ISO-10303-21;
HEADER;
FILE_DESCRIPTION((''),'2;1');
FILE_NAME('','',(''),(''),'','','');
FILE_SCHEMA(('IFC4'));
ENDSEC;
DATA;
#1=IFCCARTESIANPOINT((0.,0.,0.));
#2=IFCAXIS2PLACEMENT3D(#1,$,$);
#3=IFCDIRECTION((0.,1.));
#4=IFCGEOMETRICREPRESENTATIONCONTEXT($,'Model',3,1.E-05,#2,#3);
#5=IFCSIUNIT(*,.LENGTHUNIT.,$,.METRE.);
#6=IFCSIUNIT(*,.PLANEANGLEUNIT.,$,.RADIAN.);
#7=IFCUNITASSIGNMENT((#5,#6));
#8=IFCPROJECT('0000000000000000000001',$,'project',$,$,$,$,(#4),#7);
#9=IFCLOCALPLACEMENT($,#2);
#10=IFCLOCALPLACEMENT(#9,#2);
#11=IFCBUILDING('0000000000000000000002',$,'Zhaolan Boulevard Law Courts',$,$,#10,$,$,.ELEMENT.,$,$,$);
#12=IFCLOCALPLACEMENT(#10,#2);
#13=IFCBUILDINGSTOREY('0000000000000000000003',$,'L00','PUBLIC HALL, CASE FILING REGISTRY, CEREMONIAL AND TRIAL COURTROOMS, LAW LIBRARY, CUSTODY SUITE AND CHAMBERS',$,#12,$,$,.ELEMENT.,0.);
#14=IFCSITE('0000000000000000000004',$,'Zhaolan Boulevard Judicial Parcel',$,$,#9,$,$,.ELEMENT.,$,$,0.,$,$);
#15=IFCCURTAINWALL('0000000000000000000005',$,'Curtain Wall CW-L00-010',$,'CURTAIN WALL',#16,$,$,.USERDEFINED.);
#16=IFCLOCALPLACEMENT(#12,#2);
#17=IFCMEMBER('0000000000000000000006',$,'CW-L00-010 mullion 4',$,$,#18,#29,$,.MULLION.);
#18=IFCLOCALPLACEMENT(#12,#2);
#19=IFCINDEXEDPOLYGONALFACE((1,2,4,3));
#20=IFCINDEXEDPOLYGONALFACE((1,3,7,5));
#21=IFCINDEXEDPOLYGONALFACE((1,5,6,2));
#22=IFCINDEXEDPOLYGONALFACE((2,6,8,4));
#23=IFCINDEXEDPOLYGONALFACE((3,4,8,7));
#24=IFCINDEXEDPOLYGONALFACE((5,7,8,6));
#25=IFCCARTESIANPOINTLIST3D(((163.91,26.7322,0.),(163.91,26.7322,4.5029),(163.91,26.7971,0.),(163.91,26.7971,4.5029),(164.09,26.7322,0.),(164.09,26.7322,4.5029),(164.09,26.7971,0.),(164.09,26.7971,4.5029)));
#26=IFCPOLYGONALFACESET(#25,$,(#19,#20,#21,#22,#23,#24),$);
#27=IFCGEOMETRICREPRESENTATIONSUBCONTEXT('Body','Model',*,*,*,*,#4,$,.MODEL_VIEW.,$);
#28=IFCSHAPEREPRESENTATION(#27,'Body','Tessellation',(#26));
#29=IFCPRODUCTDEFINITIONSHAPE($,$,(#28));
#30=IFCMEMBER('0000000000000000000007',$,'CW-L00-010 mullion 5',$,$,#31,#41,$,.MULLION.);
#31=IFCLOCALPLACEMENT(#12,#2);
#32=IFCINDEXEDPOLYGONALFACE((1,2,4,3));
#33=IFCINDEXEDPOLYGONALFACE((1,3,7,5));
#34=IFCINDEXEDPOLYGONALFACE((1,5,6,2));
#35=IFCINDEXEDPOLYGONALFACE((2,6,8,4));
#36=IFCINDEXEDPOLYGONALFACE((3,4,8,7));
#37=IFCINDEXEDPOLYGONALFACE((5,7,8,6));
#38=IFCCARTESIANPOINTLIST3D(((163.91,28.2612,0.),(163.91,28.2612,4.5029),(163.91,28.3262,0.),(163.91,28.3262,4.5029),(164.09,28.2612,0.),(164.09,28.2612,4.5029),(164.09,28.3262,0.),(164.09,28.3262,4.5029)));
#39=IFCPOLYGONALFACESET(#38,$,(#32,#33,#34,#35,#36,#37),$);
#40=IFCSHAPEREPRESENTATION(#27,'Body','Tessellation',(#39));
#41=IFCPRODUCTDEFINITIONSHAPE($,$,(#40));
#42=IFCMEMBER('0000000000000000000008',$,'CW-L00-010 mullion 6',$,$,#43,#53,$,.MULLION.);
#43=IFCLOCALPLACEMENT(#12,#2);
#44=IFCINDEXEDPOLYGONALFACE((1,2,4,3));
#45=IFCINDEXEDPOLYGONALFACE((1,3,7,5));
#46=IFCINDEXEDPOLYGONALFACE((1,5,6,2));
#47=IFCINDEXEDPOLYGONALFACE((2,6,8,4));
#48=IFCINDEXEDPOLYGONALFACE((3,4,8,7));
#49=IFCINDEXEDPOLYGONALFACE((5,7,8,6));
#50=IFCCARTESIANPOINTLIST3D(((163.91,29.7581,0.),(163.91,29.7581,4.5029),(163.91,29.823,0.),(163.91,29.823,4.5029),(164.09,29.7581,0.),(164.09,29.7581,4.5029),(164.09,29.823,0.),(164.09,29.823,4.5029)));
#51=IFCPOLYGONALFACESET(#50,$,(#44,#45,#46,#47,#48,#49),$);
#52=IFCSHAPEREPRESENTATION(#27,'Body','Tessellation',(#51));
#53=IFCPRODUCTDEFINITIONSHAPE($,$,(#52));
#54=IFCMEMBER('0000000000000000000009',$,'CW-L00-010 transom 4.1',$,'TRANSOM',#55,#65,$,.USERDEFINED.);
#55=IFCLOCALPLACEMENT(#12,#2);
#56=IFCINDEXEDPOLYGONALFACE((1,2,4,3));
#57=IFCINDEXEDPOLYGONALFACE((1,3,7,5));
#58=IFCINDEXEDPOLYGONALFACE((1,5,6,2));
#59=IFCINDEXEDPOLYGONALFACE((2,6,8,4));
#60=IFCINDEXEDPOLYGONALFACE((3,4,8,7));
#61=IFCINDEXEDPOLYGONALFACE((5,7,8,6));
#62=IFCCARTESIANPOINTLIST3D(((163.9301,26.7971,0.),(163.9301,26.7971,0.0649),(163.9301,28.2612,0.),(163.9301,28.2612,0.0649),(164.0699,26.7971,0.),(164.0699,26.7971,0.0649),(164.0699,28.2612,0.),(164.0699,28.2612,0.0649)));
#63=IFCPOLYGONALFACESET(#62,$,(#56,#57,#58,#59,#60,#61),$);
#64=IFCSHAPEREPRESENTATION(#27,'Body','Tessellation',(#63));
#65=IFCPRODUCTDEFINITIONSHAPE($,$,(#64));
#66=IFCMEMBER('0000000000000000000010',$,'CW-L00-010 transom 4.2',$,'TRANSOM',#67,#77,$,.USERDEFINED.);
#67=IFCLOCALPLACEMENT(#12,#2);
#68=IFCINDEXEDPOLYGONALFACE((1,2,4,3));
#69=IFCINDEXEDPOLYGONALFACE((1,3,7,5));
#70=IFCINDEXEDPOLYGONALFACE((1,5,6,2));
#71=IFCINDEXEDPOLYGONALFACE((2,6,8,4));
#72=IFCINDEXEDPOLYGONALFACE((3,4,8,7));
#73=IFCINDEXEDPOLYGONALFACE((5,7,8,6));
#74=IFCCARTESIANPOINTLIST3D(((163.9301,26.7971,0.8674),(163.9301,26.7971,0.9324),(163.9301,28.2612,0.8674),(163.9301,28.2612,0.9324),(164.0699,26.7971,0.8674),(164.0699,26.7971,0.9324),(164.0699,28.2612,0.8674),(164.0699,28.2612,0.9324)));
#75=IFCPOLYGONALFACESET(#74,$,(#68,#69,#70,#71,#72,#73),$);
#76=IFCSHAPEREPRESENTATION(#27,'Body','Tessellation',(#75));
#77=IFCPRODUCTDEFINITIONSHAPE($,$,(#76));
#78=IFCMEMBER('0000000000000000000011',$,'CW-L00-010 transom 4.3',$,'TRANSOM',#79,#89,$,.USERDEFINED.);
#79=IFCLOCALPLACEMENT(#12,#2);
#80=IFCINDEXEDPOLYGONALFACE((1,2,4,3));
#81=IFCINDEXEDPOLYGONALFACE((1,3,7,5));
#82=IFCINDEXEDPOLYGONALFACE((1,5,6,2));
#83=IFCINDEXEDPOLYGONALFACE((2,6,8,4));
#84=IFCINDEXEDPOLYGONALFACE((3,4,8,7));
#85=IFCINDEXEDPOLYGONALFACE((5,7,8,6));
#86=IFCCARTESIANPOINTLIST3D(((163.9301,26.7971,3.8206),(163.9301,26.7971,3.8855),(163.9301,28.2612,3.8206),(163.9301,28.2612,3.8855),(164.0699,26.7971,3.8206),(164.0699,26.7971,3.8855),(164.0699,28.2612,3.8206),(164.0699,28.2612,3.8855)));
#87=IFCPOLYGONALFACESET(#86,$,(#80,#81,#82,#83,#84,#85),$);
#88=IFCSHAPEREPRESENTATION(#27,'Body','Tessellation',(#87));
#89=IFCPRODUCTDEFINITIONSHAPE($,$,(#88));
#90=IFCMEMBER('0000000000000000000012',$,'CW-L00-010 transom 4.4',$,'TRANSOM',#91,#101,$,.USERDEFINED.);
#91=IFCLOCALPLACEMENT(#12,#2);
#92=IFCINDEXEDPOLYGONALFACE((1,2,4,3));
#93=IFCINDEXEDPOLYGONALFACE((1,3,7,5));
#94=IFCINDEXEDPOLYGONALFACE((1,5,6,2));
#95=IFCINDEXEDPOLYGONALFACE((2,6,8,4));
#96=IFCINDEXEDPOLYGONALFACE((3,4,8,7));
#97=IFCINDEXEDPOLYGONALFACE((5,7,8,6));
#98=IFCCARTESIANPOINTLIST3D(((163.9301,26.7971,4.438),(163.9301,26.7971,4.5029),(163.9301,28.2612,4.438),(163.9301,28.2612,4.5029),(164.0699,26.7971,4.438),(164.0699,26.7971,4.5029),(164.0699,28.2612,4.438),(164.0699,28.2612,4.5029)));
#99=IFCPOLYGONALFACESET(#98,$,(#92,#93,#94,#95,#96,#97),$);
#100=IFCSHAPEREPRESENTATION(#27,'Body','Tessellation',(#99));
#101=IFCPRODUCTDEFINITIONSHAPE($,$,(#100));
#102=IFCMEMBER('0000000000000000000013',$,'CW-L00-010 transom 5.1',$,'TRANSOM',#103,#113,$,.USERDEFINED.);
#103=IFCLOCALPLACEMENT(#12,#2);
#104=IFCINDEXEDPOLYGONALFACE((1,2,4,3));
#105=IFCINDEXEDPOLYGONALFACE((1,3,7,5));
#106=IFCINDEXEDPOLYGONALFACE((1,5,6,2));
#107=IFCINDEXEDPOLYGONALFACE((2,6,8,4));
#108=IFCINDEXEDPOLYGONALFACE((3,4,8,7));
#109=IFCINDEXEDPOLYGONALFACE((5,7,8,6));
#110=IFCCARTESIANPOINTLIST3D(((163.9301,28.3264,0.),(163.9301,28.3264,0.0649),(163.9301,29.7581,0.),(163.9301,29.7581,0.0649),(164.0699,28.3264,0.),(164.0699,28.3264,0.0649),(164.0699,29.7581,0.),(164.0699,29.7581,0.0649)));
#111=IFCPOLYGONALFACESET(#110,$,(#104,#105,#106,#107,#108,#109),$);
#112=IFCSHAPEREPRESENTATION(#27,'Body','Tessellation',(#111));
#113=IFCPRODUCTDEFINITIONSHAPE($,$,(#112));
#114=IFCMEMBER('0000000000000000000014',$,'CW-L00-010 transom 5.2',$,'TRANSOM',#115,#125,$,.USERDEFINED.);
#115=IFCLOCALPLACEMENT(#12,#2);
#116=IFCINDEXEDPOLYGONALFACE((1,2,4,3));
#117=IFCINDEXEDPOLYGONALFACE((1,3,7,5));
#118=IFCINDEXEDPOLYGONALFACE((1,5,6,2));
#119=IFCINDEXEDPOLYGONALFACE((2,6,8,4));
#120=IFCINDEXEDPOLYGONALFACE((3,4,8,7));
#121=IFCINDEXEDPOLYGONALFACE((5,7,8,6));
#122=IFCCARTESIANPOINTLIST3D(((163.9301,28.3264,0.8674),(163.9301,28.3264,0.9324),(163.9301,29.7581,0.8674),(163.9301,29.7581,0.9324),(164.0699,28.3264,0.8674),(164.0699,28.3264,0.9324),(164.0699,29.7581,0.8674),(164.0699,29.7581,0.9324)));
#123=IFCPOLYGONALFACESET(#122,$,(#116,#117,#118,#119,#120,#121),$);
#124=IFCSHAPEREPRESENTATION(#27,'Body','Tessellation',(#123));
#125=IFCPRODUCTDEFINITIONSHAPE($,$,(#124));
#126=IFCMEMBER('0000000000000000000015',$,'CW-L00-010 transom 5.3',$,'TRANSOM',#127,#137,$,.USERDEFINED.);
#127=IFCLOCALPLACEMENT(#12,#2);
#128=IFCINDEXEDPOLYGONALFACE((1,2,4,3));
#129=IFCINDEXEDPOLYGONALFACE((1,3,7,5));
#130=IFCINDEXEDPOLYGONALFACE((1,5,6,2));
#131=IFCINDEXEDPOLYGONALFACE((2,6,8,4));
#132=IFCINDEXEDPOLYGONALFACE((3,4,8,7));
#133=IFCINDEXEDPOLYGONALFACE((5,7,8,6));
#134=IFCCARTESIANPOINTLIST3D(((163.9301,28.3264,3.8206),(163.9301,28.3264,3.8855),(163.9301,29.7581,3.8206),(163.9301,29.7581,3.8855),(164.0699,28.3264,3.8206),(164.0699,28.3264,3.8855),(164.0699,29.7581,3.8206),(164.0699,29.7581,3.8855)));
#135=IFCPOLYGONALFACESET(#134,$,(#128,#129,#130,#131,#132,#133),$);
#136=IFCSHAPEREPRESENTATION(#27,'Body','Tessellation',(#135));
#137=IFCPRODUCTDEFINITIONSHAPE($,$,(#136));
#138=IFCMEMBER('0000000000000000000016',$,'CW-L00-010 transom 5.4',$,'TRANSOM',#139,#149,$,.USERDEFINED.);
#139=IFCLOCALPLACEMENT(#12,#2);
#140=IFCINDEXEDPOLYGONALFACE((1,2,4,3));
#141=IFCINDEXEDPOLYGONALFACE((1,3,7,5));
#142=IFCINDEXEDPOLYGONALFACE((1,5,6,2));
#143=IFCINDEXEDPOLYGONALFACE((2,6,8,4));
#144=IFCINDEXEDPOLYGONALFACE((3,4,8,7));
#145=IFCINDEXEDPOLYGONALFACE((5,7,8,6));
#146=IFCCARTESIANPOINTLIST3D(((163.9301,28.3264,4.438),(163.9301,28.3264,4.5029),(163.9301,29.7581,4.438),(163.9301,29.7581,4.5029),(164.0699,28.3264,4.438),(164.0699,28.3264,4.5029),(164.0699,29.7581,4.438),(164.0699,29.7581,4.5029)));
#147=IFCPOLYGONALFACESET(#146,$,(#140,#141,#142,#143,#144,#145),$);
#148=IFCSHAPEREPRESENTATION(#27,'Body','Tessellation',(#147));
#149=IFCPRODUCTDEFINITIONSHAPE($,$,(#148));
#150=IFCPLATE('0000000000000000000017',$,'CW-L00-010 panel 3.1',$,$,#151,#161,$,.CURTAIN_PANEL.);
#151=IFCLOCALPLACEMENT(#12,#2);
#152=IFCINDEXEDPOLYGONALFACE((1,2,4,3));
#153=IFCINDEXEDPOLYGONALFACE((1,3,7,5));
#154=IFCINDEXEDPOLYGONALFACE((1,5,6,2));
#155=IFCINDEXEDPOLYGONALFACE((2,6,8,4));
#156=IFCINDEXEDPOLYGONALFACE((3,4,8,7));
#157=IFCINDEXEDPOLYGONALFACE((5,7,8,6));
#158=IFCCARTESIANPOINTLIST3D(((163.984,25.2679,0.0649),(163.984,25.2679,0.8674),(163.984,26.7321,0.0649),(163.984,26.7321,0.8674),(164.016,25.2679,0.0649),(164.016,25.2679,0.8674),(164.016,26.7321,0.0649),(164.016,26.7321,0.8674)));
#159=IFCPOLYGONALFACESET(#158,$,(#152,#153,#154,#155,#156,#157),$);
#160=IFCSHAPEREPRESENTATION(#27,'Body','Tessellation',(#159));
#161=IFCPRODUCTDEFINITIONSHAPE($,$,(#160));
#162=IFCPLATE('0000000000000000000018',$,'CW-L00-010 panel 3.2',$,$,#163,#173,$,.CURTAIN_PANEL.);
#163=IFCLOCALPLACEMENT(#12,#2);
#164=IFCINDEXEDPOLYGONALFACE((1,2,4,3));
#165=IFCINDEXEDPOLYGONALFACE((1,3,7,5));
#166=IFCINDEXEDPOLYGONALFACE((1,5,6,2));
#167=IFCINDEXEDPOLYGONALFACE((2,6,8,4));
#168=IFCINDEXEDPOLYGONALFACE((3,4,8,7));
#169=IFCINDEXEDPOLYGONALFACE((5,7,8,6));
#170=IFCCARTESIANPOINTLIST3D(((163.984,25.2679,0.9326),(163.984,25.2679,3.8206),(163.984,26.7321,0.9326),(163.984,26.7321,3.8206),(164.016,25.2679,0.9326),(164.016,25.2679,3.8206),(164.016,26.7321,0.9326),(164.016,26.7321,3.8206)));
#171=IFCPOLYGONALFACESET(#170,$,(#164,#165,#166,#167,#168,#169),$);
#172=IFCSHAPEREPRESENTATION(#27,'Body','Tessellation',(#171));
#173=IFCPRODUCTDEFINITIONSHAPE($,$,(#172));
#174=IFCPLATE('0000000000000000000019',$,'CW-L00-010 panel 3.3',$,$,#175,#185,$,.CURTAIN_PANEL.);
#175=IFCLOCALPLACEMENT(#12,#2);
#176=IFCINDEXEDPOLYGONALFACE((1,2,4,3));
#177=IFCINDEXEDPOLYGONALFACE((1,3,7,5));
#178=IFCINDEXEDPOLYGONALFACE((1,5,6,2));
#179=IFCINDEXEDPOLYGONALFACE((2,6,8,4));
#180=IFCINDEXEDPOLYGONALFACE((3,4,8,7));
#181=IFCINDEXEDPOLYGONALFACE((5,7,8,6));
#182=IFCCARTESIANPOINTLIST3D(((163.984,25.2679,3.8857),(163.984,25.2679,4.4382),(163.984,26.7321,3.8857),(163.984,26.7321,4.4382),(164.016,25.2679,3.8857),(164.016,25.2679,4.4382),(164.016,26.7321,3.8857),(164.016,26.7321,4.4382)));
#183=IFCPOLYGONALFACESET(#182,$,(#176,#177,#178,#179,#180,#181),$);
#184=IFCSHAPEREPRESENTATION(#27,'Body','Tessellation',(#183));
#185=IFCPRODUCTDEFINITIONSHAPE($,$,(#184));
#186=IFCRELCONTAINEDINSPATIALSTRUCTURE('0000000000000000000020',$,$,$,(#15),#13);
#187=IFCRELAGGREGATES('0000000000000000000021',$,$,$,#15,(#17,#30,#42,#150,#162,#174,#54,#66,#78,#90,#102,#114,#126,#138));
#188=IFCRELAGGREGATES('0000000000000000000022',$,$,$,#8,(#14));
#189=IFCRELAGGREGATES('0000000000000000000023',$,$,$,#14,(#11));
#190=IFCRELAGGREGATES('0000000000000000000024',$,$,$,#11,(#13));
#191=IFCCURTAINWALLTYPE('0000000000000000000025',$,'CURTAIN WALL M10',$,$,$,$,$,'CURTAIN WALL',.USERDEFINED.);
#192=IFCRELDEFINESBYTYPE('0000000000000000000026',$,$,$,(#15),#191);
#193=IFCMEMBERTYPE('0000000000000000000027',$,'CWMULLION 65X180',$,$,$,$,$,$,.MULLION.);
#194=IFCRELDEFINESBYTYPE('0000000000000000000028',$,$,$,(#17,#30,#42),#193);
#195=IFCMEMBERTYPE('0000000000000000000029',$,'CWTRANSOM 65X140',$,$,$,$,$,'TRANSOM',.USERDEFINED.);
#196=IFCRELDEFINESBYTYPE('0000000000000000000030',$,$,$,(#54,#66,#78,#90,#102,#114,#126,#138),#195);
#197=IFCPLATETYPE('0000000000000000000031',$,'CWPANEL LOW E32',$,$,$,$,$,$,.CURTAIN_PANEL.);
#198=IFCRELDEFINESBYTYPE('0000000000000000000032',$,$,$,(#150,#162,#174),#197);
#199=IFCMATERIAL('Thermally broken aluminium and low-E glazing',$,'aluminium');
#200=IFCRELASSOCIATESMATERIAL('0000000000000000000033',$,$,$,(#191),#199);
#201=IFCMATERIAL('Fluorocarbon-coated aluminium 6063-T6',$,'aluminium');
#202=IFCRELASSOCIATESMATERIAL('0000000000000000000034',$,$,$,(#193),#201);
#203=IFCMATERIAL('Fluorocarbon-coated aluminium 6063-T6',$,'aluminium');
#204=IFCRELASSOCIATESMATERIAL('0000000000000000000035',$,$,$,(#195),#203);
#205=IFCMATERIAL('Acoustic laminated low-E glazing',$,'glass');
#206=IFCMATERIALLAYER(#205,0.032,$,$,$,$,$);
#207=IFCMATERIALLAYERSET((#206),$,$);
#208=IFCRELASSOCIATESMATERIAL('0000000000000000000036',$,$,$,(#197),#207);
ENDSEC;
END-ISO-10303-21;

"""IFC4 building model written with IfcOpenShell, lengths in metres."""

from ifc_helpers import new_model, si_unit, direction, frame, origin, origin_2d, place, context, subcontext, project, spatial, rectangle, extrude, material, layer, layer_set, material_profile, profile_set, type_object, element, aggregate, save


model = new_model("IFC4")

# Units and contexts
model_context = context("Model", 3, precision=1e-05, world=origin(), true_north=direction((0.0, 1.0)))
body_context = subcontext(model_context, "Body", "Model", "MODEL_VIEW")
ifc_project = project(units=[si_unit("LENGTHUNIT", "METRE"), si_unit("PLANEANGLEUNIT", "RADIAN")], contexts=[model_context])

# Site, building, storey
site_placement = place(None, origin())
site = spatial("IfcSite", under=ifc_project, at=site_placement, Name="Zhaolan Boulevard Judicial Parcel", CompositionType="ELEMENT", RefElevation=0.0)
building_placement = place(site_placement, origin())
building = spatial("IfcBuilding", under=site, at=building_placement, Name="Zhaolan Boulevard Law Courts", CompositionType="ELEMENT")
storey_placement = place(building_placement, origin())
storey = spatial("IfcBuildingStorey", under=building, at=storey_placement, Name="L00", Description="PUBLIC HALL, CASE FILING REGISTRY, CEREMONIAL AND TRIAL COURTROOMS, LAW LIBRARY, CUSTODY SUITE AND CHAMBERS", CompositionType="ELEMENT", Elevation=0.0)

# Curtain wall, members, plates
ifc_material_1 = material(Name="Thermally broken aluminium and low-E glazing", Category="aluminium")
curtain_wall_type = type_object("IfcCurtainWallType", Name="CURTAIN WALL M10", ElementType="CURTAIN WALL", PredefinedType="USERDEFINED", material=ifc_material_1)
curtain_wall_placement = place(storey_placement, origin())
curtain_wall = element("IfcCurtainWall", 1, at=curtain_wall_placement, inside=storey, type_object=curtain_wall_type, Name="Curtain Wall CW-L00-010", ObjectType="CURTAIN WALL", PredefinedType="USERDEFINED")
ifc_material_2 = material(Name="Fluorocarbon-coated aluminium 6063-T6", Category="aluminium")
ifc_material_profile_1 = material_profile(ifc_material_2, rectangle(XDim=0.1799, YDim=0.0649, at=origin_2d()), Name="AL65x180")
ifc_profile_set_1 = profile_set([ifc_material_profile_1], Name="Fluorocarbon-coated aluminium 6063-T6")
member_type_1 = type_object("IfcMemberType", Name="CWMULLION 65X180", PredefinedType="MULLION", material=ifc_profile_set_1)
member_1_placement = place(storey_placement, frame((164.0, 26.7646, 0.0), z_axis=(0.0, 0.0, 1.0), x_axis=(-1.0, 0.0, 0.0)))
member_1 = element("IfcMember", 2, at=member_1_placement, type_object=member_type_1, Name="CW-L00-010 mullion 4", PredefinedType="MULLION", context=body_context, shape_type="SweptSolid", body=[
    extrude(rectangle(XDim=0.1799, YDim=0.0649, at=origin_2d()), origin(), (0.0, 0.0, 1.0), 4.5029),
])
member_2_placement = place(storey_placement, frame((164.0, 28.2937, 0.0), z_axis=(0.0, 0.0, 1.0), x_axis=(-1.0, 0.0, 0.0)))
member_2 = element("IfcMember", 3, at=member_2_placement, type_object=member_type_1, Name="CW-L00-010 mullion 5", PredefinedType="MULLION", context=body_context, shape_type="SweptSolid", body=[
    extrude(rectangle(XDim=0.1799, YDim=0.0649, at=origin_2d()), origin(), (0.0, 0.0, 1.0), 4.5029),
])
member_3_placement = place(storey_placement, frame((164.0, 29.7905, 0.0), z_axis=(0.0, 0.0, 1.0), x_axis=(-1.0, 0.0, 0.0)))
member_3 = element("IfcMember", 4, at=member_3_placement, type_object=member_type_1, Name="CW-L00-010 mullion 6", PredefinedType="MULLION", context=body_context, shape_type="SweptSolid", body=[
    extrude(rectangle(XDim=0.1799, YDim=0.0649, at=origin_2d()), origin(), (0.0, 0.0, 1.0), 4.5029),
])
ifc_material_3 = material(Name="Fluorocarbon-coated aluminium 6063-T6", Category="aluminium")
ifc_material_profile_2 = material_profile(ifc_material_3, rectangle(XDim=0.1399, YDim=0.0649, at=origin_2d()), Name="AL65x140")
ifc_profile_set_2 = profile_set([ifc_material_profile_2], Name="Fluorocarbon-coated aluminium 6063-T6")
member_type_2 = type_object("IfcMemberType", Name="CWTRANSOM 65X140", ElementType="TRANSOM", PredefinedType="USERDEFINED", material=ifc_profile_set_2)
member_4_placement = place(storey_placement, frame((164.0, 26.7971, 0.0325), z_axis=(0.0, 1.0, 0.0), x_axis=(-1.0, 0.0, 0.0)))
member_4 = element("IfcMember", 5, at=member_4_placement, type_object=member_type_2, Name="CW-L00-010 transom 4.1", ObjectType="TRANSOM", PredefinedType="USERDEFINED", context=body_context, shape_type="SweptSolid", body=[
    extrude(rectangle(XDim=0.1399, YDim=0.0649, at=origin_2d()), origin(), (0.0, 0.0, 1.0), 1.4641),
])
member_5_placement = place(storey_placement, frame((164.0, 26.7971, 0.8999), z_axis=(0.0, 1.0, 0.0), x_axis=(-1.0, 0.0, 0.0)))
member_5 = element("IfcMember", 6, at=member_5_placement, type_object=member_type_2, Name="CW-L00-010 transom 4.2", ObjectType="TRANSOM", PredefinedType="USERDEFINED", context=body_context, shape_type="SweptSolid", body=[
    extrude(rectangle(XDim=0.1399, YDim=0.0649, at=origin_2d()), origin(), (0.0, 0.0, 1.0), 1.4641),
])
member_6_placement = place(storey_placement, frame((164.0, 26.7971, 3.853), z_axis=(0.0, 1.0, 0.0), x_axis=(-1.0, 0.0, 0.0)))
member_6 = element("IfcMember", 7, at=member_6_placement, type_object=member_type_2, Name="CW-L00-010 transom 4.3", ObjectType="TRANSOM", PredefinedType="USERDEFINED", context=body_context, shape_type="SweptSolid", body=[
    extrude(rectangle(XDim=0.1399, YDim=0.0649, at=origin_2d()), origin(), (0.0, 0.0, 1.0), 1.4641),
])
member_7_placement = place(storey_placement, frame((164.0, 26.7971, 4.4705), z_axis=(0.0, 1.0, 0.0), x_axis=(-1.0, 0.0, 0.0)))
member_7 = element("IfcMember", 8, at=member_7_placement, type_object=member_type_2, Name="CW-L00-010 transom 4.4", ObjectType="TRANSOM", PredefinedType="USERDEFINED", context=body_context, shape_type="SweptSolid", body=[
    extrude(rectangle(XDim=0.1399, YDim=0.0649, at=origin_2d()), origin(), (0.0, 0.0, 1.0), 1.4641),
])
member_8_placement = place(storey_placement, frame((164.0, 28.3264, 0.0325), z_axis=(0.0, 1.0, 0.0), x_axis=(-1.0, 0.0, 0.0)))
member_8 = element("IfcMember", 9, at=member_8_placement, type_object=member_type_2, Name="CW-L00-010 transom 5.1", ObjectType="TRANSOM", PredefinedType="USERDEFINED", context=body_context, shape_type="SweptSolid", body=[
    extrude(rectangle(XDim=0.1399, YDim=0.0649, at=origin_2d()), origin(), (0.0, 0.0, 1.0), 1.4316),
])
member_9_placement = place(storey_placement, frame((164.0, 28.3264, 0.8999), z_axis=(0.0, 1.0, 0.0), x_axis=(-1.0, 0.0, 0.0)))
member_9 = element("IfcMember", 10, at=member_9_placement, type_object=member_type_2, Name="CW-L00-010 transom 5.2", ObjectType="TRANSOM", PredefinedType="USERDEFINED", context=body_context, shape_type="SweptSolid", body=[
    extrude(rectangle(XDim=0.1399, YDim=0.0649, at=origin_2d()), origin(), (0.0, 0.0, 1.0), 1.4316),
])
member_10_placement = place(storey_placement, frame((164.0, 28.3264, 3.853), z_axis=(0.0, 1.0, 0.0), x_axis=(-1.0, 0.0, 0.0)))
member_10 = element("IfcMember", 11, at=member_10_placement, type_object=member_type_2, Name="CW-L00-010 transom 5.3", ObjectType="TRANSOM", PredefinedType="USERDEFINED", context=body_context, shape_type="SweptSolid", body=[
    extrude(rectangle(XDim=0.1399, YDim=0.0649, at=origin_2d()), origin(), (0.0, 0.0, 1.0), 1.4316),
])
member_11_placement = place(storey_placement, frame((164.0, 28.3264, 4.4705), z_axis=(0.0, 1.0, 0.0), x_axis=(-1.0, 0.0, 0.0)))
member_11 = element("IfcMember", 12, at=member_11_placement, type_object=member_type_2, Name="CW-L00-010 transom 5.4", ObjectType="TRANSOM", PredefinedType="USERDEFINED", context=body_context, shape_type="SweptSolid", body=[
    extrude(rectangle(XDim=0.1399, YDim=0.0649, at=origin_2d()), origin(), (0.0, 0.0, 1.0), 1.4316),
])
ifc_material_4 = material(Name="Acoustic laminated low-E glazing", Category="glass")
ifc_layer_1 = layer(ifc_material_4, 0.032)
ifc_layer_set_1 = layer_set([ifc_layer_1])
plate_type = type_object("IfcPlateType", Name="CWPANEL LOW E32", PredefinedType="CURTAIN_PANEL", material=ifc_layer_set_1)
plate_1_placement = place(storey_placement, frame((164.0, 26.0, 0.0649), z_axis=(0.0, 0.0, 1.0), x_axis=(0.0, 1.0, 0.0)))
plate_1 = element("IfcPlate", 13, at=plate_1_placement, type_object=plate_type, Name="CW-L00-010 panel 3.1", PredefinedType="CURTAIN_PANEL", context=body_context, shape_type="SweptSolid", body=[
    extrude(rectangle(XDim=1.4641, YDim=0.032, at=origin_2d()), origin(), (0.0, 0.0, 1.0), 0.8025),
])
plate_2_placement = place(storey_placement, frame((164.0, 26.0, 0.9326), z_axis=(0.0, 0.0, 1.0), x_axis=(0.0, 1.0, 0.0)))
plate_2 = element("IfcPlate", 14, at=plate_2_placement, type_object=plate_type, Name="CW-L00-010 panel 3.2", PredefinedType="CURTAIN_PANEL", context=body_context, shape_type="SweptSolid", body=[
    extrude(rectangle(XDim=1.4641, YDim=0.032, at=origin_2d()), origin(), (0.0, 0.0, 1.0), 2.8879),
])
plate_3_placement = place(storey_placement, frame((164.0, 26.0, 3.8857), z_axis=(0.0, 0.0, 1.0), x_axis=(0.0, 1.0, 0.0)))
plate_3 = element("IfcPlate", 15, at=plate_3_placement, type_object=plate_type, Name="CW-L00-010 panel 3.3", PredefinedType="CURTAIN_PANEL", context=body_context, shape_type="SweptSolid", body=[
    extrude(rectangle(XDim=1.4641, YDim=0.032, at=origin_2d()), origin(), (0.0, 0.0, 1.0), 0.5525),
])
aggregate(curtain_wall, [member_1, member_2, member_3, plate_1, plate_2, plate_3, member_4, member_5, member_6, member_7, member_8, member_9, member_10, member_11])

save(model, "model.ifc")
